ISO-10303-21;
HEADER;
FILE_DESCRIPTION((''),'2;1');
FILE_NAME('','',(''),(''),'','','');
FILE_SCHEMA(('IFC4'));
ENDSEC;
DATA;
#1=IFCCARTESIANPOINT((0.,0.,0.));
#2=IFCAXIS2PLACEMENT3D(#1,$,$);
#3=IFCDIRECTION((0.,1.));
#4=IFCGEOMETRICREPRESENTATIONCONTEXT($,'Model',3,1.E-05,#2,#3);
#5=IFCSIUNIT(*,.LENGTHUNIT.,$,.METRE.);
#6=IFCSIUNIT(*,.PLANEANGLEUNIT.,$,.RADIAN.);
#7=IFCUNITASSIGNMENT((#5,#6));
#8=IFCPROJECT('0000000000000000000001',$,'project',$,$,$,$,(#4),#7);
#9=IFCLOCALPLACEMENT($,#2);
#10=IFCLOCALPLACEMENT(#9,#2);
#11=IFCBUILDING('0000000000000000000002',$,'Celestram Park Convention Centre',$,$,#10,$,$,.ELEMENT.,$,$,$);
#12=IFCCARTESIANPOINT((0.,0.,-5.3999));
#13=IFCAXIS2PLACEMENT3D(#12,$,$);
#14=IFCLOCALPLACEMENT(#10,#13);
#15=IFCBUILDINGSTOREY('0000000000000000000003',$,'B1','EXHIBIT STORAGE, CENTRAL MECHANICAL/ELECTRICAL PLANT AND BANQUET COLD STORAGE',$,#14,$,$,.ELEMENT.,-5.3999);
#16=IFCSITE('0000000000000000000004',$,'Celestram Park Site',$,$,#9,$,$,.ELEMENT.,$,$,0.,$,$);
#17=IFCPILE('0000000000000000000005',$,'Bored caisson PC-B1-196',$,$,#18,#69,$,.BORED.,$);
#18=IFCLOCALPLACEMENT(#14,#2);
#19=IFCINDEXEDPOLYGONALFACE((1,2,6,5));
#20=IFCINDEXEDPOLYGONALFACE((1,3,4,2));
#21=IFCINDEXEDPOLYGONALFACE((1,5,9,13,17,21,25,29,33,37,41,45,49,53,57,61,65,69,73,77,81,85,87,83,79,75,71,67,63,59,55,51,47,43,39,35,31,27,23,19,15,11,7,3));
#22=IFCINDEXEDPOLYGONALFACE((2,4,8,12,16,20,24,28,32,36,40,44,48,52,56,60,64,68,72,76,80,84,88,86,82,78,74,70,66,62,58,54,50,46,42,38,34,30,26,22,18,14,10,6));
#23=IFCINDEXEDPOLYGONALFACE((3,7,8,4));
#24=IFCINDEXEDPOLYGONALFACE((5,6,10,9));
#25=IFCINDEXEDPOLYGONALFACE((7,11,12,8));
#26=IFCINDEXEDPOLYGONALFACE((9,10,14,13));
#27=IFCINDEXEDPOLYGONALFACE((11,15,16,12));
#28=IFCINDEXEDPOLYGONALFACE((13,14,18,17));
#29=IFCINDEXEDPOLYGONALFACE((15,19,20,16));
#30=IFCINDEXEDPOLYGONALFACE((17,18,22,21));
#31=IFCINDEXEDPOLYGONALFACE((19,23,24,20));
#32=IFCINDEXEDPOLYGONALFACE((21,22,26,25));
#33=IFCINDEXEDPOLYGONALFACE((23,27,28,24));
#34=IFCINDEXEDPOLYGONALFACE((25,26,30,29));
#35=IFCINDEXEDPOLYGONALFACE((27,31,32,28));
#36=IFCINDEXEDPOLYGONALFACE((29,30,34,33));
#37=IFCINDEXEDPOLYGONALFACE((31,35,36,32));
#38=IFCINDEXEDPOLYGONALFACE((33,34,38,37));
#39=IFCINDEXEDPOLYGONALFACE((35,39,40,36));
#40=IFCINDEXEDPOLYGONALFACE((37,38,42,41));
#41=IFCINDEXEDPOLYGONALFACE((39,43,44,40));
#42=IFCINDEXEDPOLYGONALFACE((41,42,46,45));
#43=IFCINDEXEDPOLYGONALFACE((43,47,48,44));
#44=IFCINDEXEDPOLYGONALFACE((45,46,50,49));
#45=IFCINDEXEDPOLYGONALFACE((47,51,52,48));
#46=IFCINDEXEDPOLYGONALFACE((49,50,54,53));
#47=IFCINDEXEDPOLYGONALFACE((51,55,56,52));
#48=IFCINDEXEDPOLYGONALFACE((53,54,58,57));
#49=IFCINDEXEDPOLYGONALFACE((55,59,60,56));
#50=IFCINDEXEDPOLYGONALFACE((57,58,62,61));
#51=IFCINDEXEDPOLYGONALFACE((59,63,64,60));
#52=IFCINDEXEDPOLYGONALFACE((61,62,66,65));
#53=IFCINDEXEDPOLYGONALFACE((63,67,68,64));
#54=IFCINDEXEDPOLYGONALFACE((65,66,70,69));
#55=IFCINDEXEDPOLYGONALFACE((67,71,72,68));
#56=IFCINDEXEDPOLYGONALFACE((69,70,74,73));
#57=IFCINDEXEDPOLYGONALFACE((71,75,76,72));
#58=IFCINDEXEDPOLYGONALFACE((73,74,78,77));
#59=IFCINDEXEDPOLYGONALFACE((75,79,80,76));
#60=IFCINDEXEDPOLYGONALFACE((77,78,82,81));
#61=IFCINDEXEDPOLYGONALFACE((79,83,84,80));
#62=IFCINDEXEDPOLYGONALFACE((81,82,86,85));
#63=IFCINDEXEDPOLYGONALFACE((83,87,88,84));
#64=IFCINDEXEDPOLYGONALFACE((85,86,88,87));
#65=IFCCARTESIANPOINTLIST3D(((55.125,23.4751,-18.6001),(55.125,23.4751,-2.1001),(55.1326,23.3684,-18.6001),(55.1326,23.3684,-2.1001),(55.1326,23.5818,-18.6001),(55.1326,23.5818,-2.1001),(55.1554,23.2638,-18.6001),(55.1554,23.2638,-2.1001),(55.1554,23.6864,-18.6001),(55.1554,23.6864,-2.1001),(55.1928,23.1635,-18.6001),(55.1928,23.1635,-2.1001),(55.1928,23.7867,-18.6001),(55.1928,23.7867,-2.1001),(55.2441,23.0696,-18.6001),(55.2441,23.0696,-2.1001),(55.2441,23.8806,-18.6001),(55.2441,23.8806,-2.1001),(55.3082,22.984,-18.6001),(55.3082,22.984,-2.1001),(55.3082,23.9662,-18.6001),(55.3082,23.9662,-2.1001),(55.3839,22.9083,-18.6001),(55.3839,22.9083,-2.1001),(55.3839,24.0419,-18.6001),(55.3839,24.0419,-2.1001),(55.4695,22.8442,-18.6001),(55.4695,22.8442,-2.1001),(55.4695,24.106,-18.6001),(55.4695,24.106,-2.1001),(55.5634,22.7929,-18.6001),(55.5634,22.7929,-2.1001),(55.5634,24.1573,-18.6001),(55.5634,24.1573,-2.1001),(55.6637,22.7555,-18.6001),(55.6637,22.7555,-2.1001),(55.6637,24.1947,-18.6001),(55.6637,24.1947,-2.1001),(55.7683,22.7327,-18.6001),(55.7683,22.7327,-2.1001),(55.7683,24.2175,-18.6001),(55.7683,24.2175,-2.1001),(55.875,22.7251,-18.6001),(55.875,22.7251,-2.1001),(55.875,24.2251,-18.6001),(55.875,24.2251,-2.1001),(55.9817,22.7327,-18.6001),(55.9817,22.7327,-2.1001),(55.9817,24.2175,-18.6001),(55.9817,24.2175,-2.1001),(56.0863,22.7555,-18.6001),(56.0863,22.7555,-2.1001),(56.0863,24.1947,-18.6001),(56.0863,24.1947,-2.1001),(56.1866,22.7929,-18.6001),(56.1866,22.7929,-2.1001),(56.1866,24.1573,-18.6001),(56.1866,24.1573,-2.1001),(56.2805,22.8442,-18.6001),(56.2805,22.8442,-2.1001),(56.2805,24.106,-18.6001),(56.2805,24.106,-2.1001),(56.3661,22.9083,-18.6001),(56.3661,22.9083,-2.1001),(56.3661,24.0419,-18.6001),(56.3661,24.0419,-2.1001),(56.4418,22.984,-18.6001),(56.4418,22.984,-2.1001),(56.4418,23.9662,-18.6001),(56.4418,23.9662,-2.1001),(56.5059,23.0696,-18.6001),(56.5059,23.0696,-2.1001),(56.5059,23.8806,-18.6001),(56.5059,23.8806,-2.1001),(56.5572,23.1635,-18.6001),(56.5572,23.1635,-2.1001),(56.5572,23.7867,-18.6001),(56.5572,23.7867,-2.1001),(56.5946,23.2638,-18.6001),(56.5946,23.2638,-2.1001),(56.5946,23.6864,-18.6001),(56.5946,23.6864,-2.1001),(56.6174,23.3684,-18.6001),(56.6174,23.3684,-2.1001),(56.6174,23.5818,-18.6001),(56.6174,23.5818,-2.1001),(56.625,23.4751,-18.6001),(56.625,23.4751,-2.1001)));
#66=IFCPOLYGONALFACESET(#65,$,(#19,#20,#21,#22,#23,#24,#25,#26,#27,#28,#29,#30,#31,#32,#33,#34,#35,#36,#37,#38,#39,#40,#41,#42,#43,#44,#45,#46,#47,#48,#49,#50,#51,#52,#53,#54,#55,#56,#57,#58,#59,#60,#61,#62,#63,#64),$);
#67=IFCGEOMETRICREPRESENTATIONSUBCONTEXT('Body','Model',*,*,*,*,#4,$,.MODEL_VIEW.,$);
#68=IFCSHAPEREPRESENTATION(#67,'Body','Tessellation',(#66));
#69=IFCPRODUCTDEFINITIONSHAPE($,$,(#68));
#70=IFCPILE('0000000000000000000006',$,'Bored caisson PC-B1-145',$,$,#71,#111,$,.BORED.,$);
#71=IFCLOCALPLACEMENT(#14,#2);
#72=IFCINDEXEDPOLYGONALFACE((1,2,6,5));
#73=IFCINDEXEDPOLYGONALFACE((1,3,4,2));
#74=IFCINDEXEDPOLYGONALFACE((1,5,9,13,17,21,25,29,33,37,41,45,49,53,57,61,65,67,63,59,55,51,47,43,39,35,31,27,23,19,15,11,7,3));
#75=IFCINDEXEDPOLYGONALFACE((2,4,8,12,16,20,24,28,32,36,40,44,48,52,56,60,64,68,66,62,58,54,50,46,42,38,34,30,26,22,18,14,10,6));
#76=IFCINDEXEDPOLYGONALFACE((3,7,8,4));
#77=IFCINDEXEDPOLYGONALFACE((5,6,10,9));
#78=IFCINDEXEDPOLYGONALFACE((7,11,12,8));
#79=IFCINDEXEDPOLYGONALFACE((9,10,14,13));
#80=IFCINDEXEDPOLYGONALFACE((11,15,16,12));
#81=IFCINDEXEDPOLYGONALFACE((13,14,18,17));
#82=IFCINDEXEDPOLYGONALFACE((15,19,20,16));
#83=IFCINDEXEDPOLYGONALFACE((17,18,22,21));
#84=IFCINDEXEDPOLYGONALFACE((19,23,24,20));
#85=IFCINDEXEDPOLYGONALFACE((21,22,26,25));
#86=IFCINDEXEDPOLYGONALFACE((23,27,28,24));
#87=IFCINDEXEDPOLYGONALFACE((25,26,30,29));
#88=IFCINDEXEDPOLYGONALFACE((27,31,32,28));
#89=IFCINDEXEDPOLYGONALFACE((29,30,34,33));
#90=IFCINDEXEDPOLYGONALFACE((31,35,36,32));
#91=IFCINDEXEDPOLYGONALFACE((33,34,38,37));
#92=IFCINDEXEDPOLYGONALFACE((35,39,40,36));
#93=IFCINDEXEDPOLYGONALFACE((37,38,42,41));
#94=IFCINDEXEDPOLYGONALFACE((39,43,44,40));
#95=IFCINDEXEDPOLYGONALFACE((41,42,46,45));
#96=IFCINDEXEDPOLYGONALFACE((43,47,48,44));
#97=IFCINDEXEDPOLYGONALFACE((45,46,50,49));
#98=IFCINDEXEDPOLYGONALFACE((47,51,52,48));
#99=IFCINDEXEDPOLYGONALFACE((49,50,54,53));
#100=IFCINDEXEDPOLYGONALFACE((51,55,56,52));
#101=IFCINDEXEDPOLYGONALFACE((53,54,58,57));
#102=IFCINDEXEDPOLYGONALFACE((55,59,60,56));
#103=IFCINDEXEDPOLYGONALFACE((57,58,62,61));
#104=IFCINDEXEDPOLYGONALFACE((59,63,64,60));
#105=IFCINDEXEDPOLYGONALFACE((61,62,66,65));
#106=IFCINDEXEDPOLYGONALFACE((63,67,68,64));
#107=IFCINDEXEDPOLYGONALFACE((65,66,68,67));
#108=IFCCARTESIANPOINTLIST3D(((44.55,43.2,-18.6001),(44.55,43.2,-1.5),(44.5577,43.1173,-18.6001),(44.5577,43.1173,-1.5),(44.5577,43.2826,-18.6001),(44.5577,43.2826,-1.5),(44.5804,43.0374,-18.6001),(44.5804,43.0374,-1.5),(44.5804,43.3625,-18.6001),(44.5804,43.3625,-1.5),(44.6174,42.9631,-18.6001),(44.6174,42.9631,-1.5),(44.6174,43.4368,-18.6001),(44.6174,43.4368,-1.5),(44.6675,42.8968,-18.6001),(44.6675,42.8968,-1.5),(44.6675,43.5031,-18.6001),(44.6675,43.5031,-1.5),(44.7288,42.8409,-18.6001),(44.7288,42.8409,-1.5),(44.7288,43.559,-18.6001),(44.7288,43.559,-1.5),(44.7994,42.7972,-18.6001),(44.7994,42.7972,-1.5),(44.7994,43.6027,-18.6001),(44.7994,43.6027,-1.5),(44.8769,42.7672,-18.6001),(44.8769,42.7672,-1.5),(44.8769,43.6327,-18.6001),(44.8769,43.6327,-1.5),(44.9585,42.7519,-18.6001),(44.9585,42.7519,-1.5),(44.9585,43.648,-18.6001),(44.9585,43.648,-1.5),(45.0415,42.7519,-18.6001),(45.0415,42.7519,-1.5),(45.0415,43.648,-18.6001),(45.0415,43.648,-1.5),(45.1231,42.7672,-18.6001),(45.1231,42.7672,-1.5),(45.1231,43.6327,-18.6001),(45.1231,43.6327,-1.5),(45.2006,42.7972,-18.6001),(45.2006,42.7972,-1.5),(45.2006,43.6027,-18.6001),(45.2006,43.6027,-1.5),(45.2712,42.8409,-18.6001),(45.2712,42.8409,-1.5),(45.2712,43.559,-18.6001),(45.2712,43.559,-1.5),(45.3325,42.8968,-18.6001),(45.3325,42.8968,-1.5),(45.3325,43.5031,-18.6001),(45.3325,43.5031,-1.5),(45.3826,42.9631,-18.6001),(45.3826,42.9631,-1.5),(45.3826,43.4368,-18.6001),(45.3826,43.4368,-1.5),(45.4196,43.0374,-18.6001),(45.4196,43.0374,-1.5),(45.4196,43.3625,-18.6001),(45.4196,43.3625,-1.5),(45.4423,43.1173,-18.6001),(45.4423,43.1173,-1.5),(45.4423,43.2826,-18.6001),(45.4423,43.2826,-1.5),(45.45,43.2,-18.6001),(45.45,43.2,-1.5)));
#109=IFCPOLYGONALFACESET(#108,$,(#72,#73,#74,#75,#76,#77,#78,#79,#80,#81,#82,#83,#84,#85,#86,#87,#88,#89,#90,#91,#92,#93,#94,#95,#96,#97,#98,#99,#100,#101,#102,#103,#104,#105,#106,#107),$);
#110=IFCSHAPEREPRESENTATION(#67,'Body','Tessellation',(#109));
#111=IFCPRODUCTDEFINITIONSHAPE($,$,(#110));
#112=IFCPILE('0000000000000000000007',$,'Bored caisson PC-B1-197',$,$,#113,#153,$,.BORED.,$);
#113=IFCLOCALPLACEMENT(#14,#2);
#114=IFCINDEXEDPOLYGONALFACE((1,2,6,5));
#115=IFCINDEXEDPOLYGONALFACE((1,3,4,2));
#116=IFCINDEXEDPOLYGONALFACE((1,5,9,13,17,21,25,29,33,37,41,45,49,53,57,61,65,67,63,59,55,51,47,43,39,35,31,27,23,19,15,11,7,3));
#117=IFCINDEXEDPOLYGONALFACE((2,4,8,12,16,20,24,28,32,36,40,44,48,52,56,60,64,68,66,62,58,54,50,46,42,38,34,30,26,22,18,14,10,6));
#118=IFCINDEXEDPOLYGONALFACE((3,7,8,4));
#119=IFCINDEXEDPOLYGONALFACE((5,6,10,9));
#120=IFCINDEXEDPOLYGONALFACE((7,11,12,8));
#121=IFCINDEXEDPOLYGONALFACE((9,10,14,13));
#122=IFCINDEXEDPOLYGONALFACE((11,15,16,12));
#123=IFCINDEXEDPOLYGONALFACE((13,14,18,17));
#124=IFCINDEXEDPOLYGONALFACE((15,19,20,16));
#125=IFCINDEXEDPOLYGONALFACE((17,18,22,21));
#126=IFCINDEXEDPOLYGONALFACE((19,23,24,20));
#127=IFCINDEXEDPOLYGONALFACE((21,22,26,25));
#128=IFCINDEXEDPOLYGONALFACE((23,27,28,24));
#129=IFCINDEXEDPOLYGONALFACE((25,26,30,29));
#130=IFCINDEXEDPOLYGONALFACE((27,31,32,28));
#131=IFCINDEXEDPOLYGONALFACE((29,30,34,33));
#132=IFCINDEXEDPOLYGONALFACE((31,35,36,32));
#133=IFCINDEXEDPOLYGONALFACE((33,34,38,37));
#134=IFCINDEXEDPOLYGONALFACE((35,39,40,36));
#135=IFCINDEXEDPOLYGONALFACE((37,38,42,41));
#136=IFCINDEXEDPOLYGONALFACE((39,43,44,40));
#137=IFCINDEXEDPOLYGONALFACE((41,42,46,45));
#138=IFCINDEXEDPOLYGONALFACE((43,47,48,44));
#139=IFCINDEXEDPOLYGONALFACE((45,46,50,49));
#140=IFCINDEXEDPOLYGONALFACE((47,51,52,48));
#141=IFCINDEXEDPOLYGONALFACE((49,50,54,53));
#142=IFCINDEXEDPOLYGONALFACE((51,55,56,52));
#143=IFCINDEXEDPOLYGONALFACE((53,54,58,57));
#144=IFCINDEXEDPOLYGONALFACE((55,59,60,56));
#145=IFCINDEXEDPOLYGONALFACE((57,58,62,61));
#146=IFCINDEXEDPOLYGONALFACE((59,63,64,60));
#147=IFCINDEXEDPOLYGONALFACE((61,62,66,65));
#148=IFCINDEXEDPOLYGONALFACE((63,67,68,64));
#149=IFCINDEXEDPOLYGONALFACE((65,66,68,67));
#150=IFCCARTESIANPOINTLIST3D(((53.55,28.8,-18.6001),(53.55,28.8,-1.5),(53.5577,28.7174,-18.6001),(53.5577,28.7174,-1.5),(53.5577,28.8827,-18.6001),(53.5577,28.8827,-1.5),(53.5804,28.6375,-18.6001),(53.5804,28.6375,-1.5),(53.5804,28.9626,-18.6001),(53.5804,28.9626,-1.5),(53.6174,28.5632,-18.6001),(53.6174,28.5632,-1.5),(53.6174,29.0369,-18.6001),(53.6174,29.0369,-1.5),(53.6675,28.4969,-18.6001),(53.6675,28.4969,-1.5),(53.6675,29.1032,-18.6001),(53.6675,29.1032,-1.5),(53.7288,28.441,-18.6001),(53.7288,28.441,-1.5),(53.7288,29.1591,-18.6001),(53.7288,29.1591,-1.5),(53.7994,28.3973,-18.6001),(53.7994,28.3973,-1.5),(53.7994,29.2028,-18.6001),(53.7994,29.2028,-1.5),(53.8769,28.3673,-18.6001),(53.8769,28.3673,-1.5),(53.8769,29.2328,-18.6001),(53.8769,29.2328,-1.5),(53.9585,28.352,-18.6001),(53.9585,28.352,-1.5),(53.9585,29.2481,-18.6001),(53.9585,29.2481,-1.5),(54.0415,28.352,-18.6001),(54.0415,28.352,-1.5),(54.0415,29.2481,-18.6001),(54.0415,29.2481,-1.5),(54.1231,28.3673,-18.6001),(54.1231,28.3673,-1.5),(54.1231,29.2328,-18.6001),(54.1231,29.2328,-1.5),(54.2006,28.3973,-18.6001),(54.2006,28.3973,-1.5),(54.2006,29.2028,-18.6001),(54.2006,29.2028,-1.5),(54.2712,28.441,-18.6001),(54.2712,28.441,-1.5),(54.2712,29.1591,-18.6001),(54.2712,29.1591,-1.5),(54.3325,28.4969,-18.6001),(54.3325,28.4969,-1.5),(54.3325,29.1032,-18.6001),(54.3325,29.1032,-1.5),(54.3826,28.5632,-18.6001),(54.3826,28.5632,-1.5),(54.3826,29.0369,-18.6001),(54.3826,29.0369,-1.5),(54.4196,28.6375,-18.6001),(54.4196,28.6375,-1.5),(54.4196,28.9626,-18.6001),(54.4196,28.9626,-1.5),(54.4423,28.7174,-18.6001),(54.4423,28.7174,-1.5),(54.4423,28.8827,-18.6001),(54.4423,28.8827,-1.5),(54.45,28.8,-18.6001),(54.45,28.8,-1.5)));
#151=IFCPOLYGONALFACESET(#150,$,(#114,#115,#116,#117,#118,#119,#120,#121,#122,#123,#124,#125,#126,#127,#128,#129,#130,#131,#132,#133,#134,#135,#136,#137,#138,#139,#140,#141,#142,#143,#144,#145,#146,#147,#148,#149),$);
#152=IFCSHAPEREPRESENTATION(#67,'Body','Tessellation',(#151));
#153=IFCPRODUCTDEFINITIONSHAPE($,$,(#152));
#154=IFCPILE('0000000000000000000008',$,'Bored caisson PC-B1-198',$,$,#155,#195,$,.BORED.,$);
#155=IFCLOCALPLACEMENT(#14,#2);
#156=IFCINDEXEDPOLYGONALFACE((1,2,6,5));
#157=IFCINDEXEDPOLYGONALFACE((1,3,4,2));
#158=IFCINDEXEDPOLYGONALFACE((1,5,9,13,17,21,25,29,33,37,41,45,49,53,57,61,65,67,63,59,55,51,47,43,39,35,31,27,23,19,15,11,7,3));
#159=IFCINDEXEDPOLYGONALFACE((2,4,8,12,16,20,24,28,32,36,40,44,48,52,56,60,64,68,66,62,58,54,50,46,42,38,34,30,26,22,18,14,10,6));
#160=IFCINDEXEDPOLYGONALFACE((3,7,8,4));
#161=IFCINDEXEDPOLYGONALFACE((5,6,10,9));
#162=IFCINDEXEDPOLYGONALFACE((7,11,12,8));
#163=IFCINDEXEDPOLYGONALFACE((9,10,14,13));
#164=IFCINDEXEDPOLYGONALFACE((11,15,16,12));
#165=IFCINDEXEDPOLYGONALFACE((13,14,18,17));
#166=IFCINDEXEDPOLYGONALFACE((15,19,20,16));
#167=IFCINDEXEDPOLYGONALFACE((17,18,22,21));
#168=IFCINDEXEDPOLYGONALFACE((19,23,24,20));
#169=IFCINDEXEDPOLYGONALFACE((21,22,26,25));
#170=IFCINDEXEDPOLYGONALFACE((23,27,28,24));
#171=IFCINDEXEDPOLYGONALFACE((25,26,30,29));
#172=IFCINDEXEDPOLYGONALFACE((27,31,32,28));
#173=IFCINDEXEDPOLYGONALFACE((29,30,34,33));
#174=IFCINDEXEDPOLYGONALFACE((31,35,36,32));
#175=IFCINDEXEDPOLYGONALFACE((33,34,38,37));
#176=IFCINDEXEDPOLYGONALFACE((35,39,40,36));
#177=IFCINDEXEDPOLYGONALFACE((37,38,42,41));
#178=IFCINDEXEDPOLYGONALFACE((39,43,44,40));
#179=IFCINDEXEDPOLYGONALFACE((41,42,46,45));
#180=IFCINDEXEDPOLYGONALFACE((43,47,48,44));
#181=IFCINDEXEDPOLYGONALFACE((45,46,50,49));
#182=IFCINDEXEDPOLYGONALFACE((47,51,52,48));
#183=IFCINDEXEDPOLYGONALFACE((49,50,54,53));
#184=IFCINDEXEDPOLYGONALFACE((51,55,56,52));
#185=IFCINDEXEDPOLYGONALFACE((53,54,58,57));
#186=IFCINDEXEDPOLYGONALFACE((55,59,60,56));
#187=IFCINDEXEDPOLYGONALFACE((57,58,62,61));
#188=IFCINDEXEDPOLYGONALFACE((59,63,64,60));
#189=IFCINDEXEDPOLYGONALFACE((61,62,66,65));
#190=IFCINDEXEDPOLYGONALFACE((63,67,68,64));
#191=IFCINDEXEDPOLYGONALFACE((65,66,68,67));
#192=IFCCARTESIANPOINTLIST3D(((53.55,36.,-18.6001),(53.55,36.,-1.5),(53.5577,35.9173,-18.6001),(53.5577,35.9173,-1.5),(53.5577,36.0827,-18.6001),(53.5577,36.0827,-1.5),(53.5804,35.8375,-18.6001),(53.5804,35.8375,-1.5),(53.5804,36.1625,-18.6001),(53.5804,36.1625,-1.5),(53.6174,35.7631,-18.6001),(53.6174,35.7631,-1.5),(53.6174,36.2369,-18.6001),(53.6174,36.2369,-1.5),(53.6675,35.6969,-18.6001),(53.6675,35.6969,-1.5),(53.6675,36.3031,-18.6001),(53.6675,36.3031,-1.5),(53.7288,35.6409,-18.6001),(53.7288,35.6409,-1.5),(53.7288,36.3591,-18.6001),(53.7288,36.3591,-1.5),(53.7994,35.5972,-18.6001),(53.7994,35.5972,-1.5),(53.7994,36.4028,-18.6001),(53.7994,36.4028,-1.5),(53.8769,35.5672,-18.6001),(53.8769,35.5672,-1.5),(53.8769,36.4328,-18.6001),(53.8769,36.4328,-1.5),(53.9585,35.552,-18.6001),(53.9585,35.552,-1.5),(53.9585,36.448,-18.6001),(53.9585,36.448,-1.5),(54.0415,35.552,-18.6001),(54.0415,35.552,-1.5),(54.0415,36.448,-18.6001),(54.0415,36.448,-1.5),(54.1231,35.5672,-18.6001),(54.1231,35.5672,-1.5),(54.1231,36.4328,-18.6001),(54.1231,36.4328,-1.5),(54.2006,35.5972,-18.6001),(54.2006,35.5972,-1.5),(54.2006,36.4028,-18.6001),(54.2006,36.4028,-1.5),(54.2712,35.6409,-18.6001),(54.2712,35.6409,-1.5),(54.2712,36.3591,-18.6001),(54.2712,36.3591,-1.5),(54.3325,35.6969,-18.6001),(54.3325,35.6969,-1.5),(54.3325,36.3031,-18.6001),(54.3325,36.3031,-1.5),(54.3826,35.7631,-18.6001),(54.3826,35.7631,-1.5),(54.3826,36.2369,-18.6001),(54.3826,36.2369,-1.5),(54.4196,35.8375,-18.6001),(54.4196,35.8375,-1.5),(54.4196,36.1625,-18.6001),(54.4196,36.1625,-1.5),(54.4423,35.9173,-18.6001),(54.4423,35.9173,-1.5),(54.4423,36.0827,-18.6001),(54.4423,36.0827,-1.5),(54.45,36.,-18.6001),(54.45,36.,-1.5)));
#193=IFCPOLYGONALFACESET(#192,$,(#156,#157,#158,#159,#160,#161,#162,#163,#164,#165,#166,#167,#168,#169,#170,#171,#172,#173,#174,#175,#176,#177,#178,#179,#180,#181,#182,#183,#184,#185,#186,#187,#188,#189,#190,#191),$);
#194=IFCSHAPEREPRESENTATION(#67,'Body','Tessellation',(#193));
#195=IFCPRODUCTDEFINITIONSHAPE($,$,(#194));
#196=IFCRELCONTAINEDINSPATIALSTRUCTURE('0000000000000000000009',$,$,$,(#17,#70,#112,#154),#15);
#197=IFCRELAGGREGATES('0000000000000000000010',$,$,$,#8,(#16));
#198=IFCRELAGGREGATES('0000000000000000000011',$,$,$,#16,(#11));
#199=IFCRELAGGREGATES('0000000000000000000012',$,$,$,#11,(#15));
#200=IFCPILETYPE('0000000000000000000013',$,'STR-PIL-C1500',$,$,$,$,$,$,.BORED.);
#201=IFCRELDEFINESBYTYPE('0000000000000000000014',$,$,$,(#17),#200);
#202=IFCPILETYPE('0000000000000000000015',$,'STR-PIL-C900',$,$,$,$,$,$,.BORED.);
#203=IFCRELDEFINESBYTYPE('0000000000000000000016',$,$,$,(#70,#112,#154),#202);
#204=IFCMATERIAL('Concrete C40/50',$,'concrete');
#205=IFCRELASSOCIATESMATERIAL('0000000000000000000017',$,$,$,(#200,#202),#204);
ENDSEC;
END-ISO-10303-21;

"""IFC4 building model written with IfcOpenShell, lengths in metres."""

from ifc_helpers import new_model, si_unit, direction, frame, origin, origin_2d, place, context, subcontext, project, spatial, circle, extrude, material, material_profile, profile_set, type_object, element, save


model = new_model("IFC4")

# Units and contexts
model_context = context("Model", 3, precision=1e-05, world=origin(), true_north=direction((0.0, 1.0)))
body_context = subcontext(model_context, "Body", "Model", "MODEL_VIEW")
ifc_project = project(units=[si_unit("LENGTHUNIT", "METRE"), si_unit("PLANEANGLEUNIT", "RADIAN")], contexts=[model_context])

# Site, building, storey
site_placement = place(None, origin())
site = spatial("IfcSite", under=ifc_project, at=site_placement, Name="Celestram Park Site", CompositionType="ELEMENT", RefElevation=0.0)
building_placement = place(site_placement, origin())
building = spatial("IfcBuilding", under=site, at=building_placement, Name="Celestram Park Convention Centre", CompositionType="ELEMENT")
storey_placement = place(building_placement, frame((0.0, 0.0, -5.3999)))
storey = spatial("IfcBuildingStorey", under=building, at=storey_placement, Name="B1", Description="EXHIBIT STORAGE, CENTRAL MECHANICAL/ELECTRICAL PLANT AND BANQUET COLD STORAGE", CompositionType="ELEMENT", Elevation=-5.3999)

# Shared definitions
ifc_material_1 = material(Name="Concrete C40/50", Category="concrete")

# Piles
ifc_material_profile_1 = material_profile(ifc_material_1, circle(Radius=0.75, at=origin_2d()), Name="CAISSON1500")
ifc_profile_set_1 = profile_set([ifc_material_profile_1], Name="Concrete C40/50")
pile_type_1 = type_object("IfcPileType", Name="STR-PIL-C1500", PredefinedType="BORED", material=ifc_profile_set_1)
for number, where, z_axis, x_axis, name in (
    (1, (55.875, 23.4751, -2.1001), (0.0, 0.0, -1.0), (1.0, 0.0, 0.0), "Bored caisson PC-B1-196"),
):
    element("IfcPile", number, at=place(storey_placement, frame(where, z_axis=z_axis, x_axis=x_axis)), inside=storey, type_object=pile_type_1, Name=name, PredefinedType="BORED", context=body_context, shape_type="SweptSolid", body=[
        extrude(circle(Radius=0.75, at=origin_2d()), origin(), (0.0, 0.0, 1.0), 16.5),
    ])
ifc_material_profile_2 = material_profile(ifc_material_1, circle(Radius=0.45, at=origin_2d()), Name="CAISSON900")
ifc_profile_set_2 = profile_set([ifc_material_profile_2], Name="Concrete C40/50")
pile_type_2 = type_object("IfcPileType", Name="STR-PIL-C900", PredefinedType="BORED", material=ifc_profile_set_2)
for number, where, z_axis, x_axis, name in (
    (2, (45.0, 43.2, -1.5), (0.0, 0.0, -1.0), (1.0, 0.0, 0.0), "Bored caisson PC-B1-145"),
    (3, (54.0, 28.8, -1.5), (0.0, 0.0, -1.0), (1.0, 0.0, 0.0), "Bored caisson PC-B1-197"),
    (4, (54.0, 36.0, -1.5), (0.0, 0.0, -1.0), (1.0, 0.0, 0.0), "Bored caisson PC-B1-198"),
):
    element("IfcPile", number, at=place(storey_placement, frame(where, z_axis=z_axis, x_axis=x_axis)), inside=storey, type_object=pile_type_2, Name=name, PredefinedType="BORED", context=body_context, shape_type="SweptSolid", body=[
        extrude(circle(Radius=0.45, at=origin_2d()), origin(), (0.0, 0.0, 1.0), 17.1001),
    ])

save(model, "model.ifc")
